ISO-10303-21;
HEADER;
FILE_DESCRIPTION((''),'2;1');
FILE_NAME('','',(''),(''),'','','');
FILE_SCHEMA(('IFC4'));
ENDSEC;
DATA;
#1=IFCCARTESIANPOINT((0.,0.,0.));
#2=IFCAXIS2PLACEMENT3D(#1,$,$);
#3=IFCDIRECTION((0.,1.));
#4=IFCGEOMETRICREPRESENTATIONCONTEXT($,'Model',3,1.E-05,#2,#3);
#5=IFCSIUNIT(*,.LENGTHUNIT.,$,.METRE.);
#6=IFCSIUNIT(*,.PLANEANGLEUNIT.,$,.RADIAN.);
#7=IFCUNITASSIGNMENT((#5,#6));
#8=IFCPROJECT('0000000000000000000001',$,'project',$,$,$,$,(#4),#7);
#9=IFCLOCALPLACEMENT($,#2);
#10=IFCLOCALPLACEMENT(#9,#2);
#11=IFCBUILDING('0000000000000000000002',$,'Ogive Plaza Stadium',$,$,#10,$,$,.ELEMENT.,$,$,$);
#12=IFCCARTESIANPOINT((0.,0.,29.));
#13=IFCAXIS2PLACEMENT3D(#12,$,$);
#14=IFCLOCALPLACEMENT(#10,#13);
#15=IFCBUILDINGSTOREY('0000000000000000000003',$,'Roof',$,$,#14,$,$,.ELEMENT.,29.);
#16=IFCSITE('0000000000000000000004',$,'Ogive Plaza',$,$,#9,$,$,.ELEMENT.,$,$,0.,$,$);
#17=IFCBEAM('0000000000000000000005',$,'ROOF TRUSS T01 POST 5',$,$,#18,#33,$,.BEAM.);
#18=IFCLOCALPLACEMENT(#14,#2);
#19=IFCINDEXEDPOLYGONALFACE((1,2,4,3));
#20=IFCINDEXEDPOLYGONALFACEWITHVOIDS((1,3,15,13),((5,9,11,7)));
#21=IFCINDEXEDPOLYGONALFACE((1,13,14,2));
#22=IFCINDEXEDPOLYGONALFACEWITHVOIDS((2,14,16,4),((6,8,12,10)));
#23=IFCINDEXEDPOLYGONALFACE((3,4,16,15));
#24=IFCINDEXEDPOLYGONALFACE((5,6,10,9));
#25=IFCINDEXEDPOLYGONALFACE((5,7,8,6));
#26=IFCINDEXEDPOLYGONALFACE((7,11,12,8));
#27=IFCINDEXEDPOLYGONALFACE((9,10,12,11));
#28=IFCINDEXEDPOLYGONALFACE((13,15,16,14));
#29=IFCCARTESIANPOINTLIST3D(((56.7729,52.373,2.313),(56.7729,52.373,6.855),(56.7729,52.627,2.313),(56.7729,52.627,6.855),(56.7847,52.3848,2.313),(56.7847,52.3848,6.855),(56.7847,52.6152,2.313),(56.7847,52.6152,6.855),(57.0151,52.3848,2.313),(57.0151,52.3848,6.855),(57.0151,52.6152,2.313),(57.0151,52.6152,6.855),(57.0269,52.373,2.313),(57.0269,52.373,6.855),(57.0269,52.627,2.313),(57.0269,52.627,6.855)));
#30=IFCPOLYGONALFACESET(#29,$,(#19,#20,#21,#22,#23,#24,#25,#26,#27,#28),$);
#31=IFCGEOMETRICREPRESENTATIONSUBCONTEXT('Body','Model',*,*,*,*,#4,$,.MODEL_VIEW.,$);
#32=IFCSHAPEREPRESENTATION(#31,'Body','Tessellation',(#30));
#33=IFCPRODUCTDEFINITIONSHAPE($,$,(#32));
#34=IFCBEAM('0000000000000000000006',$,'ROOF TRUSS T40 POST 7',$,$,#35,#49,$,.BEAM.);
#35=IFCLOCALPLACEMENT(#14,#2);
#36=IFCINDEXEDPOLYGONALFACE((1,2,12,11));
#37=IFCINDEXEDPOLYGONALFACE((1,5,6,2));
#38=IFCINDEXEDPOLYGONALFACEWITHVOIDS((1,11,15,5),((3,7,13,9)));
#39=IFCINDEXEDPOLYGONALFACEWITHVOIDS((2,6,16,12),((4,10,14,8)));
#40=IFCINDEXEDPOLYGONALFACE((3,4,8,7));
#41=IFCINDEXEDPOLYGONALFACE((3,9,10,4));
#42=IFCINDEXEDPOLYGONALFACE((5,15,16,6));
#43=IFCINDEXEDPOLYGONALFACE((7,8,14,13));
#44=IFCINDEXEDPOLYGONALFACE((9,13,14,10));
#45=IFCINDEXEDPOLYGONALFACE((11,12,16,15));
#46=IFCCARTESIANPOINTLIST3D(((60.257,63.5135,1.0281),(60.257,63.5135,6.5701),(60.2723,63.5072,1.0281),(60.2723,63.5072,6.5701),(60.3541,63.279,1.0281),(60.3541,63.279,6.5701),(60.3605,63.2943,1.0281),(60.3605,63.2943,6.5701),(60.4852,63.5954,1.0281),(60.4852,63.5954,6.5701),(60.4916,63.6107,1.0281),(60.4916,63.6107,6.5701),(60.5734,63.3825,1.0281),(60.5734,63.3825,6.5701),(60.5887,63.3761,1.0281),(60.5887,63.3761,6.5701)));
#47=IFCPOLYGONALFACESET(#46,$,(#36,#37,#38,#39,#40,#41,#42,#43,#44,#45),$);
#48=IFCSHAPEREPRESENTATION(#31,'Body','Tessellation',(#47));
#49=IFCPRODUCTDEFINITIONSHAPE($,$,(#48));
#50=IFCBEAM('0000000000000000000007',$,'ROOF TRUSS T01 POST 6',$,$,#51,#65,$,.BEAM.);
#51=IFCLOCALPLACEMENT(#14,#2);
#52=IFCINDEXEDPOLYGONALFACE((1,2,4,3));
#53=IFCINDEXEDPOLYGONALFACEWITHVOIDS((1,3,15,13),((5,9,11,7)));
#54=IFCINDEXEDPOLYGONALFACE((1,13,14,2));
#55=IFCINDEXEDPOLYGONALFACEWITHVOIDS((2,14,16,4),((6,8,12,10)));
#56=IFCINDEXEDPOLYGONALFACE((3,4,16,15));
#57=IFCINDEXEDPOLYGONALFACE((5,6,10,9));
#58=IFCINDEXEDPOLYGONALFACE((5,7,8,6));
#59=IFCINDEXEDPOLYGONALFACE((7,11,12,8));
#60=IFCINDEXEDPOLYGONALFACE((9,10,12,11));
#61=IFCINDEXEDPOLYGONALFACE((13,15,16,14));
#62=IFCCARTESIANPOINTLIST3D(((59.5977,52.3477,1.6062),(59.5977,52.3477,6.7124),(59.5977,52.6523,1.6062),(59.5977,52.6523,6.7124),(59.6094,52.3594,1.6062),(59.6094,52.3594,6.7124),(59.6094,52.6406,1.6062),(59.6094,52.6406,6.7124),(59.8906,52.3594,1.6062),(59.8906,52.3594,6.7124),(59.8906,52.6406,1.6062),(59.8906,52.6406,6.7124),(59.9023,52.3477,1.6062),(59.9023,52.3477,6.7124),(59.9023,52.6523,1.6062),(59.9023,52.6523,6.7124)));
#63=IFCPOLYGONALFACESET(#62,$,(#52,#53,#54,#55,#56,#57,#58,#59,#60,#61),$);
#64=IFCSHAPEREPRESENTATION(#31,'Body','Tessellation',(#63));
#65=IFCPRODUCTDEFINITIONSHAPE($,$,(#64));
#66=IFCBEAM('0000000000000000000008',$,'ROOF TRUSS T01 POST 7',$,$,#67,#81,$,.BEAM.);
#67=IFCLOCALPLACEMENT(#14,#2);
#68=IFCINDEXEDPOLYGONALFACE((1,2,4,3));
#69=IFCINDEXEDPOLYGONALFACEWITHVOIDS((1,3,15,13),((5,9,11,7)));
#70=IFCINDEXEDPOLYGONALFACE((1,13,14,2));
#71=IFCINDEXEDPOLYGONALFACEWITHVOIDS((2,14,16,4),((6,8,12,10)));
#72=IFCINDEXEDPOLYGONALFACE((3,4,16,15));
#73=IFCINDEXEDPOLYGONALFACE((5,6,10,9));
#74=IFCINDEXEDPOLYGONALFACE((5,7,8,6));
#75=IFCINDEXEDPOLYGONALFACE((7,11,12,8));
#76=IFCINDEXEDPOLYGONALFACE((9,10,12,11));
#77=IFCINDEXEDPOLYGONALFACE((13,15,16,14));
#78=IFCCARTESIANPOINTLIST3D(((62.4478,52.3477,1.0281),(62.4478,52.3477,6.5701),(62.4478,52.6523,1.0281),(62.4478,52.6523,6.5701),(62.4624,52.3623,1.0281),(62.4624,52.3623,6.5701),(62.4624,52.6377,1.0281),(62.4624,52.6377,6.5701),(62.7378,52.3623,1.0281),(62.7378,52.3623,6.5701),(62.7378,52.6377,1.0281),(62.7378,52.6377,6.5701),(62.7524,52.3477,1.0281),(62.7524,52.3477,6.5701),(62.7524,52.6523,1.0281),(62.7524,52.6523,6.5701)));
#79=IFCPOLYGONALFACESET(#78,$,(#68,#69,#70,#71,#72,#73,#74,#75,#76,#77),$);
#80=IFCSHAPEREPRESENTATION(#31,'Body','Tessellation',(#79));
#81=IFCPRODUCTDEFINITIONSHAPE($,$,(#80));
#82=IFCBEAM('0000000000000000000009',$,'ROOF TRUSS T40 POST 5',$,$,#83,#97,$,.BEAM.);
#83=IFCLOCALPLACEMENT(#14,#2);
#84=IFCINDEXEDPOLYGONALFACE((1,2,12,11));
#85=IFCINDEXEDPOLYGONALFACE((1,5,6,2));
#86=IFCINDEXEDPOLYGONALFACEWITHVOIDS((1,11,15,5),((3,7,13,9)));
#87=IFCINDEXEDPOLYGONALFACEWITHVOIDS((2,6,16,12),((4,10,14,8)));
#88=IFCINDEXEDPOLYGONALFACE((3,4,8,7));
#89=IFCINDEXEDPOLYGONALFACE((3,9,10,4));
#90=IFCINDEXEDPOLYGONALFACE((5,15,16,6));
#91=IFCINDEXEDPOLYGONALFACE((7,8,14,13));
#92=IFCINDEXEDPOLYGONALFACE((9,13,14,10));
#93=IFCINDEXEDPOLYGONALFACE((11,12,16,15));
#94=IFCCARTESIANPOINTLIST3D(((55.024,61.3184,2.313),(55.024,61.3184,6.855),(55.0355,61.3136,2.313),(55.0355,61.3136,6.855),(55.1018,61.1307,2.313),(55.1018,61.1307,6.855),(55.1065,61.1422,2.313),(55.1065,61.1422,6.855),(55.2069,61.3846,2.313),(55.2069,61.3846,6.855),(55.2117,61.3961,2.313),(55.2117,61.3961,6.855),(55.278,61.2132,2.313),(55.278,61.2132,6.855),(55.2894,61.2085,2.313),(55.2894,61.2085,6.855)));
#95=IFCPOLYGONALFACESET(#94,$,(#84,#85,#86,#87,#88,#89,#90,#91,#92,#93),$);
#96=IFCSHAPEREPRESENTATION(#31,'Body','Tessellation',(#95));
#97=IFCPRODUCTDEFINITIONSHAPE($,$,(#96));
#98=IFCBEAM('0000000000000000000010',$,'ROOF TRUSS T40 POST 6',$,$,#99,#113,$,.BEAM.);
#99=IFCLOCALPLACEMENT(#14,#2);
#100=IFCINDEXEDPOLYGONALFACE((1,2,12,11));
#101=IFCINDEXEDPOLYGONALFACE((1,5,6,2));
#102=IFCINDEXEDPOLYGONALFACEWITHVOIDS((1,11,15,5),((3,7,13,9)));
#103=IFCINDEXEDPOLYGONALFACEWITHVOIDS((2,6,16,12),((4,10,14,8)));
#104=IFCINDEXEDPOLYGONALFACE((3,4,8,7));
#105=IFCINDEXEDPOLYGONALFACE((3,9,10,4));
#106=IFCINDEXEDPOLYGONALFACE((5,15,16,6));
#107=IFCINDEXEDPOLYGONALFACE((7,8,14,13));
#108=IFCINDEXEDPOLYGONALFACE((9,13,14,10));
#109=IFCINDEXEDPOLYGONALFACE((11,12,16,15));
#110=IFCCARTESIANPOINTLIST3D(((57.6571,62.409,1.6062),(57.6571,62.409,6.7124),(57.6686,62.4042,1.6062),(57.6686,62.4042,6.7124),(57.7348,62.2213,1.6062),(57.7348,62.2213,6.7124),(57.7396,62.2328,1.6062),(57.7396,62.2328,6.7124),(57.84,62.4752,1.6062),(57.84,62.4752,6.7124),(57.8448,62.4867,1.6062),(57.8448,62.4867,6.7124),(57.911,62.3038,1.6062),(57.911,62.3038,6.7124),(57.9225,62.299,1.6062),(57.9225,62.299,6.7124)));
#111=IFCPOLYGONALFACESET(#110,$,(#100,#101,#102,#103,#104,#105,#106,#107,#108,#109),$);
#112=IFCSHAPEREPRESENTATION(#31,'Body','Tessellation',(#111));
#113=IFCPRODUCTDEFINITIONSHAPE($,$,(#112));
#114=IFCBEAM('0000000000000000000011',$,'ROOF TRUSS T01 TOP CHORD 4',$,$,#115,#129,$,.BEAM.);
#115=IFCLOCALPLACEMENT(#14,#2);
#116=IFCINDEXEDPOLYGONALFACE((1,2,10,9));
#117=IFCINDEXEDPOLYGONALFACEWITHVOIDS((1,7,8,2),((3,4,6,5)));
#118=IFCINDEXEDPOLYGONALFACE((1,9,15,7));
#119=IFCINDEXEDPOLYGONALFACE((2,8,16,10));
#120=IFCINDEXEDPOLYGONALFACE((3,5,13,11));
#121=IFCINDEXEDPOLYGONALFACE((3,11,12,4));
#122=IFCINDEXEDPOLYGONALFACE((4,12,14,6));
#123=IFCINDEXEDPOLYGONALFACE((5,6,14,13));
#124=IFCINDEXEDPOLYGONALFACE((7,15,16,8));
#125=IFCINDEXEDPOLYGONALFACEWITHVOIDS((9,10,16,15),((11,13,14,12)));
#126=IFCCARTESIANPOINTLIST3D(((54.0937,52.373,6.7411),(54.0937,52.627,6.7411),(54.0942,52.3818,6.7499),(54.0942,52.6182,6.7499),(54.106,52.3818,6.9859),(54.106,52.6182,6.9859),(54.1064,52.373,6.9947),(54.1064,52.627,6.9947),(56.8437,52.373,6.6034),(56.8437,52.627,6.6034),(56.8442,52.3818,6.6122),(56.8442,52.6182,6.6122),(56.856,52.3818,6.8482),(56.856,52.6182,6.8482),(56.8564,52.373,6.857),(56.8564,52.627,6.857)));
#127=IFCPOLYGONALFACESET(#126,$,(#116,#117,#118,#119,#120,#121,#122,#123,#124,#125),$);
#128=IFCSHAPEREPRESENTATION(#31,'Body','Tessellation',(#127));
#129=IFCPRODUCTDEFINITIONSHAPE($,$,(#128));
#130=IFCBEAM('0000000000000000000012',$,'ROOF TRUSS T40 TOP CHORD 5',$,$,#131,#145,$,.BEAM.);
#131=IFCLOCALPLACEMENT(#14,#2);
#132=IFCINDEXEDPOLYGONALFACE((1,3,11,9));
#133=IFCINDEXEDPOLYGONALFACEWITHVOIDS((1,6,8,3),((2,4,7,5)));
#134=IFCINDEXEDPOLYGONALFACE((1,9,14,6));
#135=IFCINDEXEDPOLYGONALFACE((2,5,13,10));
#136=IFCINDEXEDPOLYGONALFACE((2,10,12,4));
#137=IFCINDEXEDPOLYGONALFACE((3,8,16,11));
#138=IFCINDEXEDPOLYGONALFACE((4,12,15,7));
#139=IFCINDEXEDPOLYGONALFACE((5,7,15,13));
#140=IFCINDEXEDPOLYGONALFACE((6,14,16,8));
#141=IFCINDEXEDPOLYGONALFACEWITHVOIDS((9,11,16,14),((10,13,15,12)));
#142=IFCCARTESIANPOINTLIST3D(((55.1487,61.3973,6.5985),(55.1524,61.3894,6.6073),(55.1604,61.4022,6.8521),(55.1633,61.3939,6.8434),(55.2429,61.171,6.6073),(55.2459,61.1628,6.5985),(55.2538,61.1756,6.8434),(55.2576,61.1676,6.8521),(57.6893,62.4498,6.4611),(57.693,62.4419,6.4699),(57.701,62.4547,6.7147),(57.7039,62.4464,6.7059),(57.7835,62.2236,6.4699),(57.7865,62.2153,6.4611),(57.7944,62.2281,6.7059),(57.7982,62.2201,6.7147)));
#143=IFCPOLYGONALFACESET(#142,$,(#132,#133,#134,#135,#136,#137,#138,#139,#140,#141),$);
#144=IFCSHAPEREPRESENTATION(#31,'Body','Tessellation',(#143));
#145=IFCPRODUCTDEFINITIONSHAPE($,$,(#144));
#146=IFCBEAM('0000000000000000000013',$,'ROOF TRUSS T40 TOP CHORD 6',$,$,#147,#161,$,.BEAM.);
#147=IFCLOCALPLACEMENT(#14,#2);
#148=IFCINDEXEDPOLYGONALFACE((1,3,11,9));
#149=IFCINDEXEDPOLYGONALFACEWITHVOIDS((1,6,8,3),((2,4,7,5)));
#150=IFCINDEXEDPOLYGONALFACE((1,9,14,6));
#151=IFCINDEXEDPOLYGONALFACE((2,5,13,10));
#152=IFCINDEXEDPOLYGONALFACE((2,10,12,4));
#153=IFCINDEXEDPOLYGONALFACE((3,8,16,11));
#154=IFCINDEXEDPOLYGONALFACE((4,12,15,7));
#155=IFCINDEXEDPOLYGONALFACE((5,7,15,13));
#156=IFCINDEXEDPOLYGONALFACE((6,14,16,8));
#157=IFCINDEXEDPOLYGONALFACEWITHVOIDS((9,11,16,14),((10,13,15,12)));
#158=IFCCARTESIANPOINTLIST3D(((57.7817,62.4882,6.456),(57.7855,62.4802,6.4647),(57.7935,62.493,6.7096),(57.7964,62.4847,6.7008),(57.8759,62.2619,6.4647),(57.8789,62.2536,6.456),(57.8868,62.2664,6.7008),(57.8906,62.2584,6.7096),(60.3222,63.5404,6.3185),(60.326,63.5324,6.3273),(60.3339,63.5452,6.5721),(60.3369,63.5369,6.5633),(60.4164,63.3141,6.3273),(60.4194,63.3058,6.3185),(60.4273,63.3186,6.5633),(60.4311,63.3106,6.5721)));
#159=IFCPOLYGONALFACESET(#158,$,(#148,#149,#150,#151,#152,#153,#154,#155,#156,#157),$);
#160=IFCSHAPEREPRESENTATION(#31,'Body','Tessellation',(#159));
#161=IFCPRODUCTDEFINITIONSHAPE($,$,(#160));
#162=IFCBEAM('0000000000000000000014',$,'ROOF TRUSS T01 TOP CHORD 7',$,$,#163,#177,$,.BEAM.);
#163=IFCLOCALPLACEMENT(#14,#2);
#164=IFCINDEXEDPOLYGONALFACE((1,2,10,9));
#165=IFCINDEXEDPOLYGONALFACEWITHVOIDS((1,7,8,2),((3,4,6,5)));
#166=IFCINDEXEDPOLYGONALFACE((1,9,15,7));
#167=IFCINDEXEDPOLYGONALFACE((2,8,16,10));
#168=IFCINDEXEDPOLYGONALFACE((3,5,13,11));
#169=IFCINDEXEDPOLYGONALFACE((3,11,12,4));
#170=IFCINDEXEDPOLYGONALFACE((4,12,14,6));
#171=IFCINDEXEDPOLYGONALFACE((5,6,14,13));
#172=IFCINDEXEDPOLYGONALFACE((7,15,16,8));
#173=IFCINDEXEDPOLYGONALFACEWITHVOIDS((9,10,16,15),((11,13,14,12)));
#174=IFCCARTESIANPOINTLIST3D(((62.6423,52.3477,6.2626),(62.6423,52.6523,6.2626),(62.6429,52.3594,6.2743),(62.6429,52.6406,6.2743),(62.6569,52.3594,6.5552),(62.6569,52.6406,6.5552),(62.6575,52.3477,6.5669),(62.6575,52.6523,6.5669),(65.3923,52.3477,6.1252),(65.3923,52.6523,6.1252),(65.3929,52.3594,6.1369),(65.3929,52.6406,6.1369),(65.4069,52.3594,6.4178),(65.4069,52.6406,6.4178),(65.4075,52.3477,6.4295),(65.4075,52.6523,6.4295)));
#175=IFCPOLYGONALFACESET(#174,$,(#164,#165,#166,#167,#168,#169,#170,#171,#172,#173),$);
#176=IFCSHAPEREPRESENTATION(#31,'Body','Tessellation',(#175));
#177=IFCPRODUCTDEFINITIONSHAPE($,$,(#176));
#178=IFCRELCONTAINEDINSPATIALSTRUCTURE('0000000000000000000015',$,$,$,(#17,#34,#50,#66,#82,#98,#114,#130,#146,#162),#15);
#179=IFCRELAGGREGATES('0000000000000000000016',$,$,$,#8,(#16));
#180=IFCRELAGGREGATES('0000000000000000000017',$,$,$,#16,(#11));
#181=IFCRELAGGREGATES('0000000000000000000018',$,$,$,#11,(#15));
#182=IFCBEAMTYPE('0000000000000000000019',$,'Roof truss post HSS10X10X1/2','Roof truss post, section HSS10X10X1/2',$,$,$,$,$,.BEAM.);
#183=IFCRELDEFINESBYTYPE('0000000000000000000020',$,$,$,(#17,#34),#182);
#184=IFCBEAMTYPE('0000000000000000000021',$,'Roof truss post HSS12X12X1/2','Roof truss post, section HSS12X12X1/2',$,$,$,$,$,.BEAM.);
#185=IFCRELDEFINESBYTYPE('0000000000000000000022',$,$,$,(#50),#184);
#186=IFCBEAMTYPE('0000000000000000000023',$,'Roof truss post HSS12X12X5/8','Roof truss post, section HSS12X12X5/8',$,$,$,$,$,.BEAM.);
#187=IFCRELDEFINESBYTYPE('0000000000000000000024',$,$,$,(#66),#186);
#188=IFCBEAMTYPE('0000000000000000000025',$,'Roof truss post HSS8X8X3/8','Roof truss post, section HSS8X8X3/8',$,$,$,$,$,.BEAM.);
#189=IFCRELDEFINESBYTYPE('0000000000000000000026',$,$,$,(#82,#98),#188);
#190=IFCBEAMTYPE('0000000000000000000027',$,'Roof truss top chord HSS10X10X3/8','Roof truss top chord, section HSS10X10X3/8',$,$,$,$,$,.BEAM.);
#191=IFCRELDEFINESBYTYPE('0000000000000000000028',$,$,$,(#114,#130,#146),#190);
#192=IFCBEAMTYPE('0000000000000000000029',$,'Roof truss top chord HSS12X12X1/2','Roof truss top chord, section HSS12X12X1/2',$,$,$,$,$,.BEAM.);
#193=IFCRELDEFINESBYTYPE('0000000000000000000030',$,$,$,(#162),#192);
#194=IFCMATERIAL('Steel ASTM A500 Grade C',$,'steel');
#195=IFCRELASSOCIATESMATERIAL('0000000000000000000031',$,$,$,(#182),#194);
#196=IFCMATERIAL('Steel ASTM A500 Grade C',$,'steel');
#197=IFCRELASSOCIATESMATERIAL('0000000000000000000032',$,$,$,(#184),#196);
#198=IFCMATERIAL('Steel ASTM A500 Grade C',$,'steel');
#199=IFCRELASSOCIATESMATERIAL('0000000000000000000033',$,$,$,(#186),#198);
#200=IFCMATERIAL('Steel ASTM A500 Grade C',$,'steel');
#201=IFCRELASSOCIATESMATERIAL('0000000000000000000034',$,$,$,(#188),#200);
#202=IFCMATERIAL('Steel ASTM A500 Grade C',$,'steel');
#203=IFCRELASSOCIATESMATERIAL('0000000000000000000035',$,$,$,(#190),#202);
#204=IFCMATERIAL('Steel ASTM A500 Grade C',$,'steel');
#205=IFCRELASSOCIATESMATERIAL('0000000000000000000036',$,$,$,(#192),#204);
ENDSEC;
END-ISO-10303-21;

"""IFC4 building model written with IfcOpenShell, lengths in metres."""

from ifc_helpers import new_model, si_unit, direction, frame, origin, origin_2d, place, context, subcontext, project, spatial, hollow_rectangle, extrude, material, material_profile, profile_set, type_object, element, save


model = new_model("IFC4")

# Units and contexts
model_context = context("Model", 3, precision=1e-05, world=origin(), true_north=direction((0.0, 1.0)))
body_context = subcontext(model_context, "Body", "Model", "MODEL_VIEW")
ifc_project = project(units=[si_unit("LENGTHUNIT", "METRE"), si_unit("PLANEANGLEUNIT", "RADIAN")], contexts=[model_context])

# Site, building, storey
site_placement = place(None, origin())
site = spatial("IfcSite", under=ifc_project, at=site_placement, Name="Ogive Plaza", CompositionType="ELEMENT", RefElevation=0.0)
building_placement = place(site_placement, origin())
building = spatial("IfcBuilding", under=site, at=building_placement, Name="Ogive Plaza Stadium", CompositionType="ELEMENT")
storey_placement = place(building_placement, frame((0.0, 0.0, 29.0)))
storey = spatial("IfcBuildingStorey", under=building, at=storey_placement, Name="Roof", CompositionType="ELEMENT", Elevation=29.0)

# Beams
ifc_material_1 = material(Name="Steel ASTM A500 Grade C", Category="steel")
ifc_material_profile_1 = material_profile(ifc_material_1, hollow_rectangle(XDim=0.2539, YDim=0.2539, WallThickness=0.0117, at=origin_2d()), Name="HSS10X10X1/2")
ifc_profile_set_1 = profile_set([ifc_material_profile_1], Name="Steel ASTM A500 Grade C")
beam_type_1 = type_object("IfcBeamType", Name="Roof truss post HSS10X10X1/2", Description="Roof truss post, section HSS10X10X1/2", PredefinedType="BEAM", material=ifc_profile_set_1)
beam_1_placement = place(storey_placement, frame((56.8999, 52.5, 2.313), z_axis=(0.0, 0.0, 1.0), x_axis=(0.0, 1.0, 0.0)))
element("IfcBeam", 1, at=beam_1_placement, inside=storey, type_object=beam_type_1, Name="ROOF TRUSS T01 POST 5", PredefinedType="BEAM", context=body_context, shape_type="SweptSolid", body=[
    extrude(hollow_rectangle(XDim=0.2539, YDim=0.2539, WallThickness=0.0117, at=origin_2d()), origin(), (0.0, 0.0, 1.0), 4.542),
])
beam_2_placement = place(storey_placement, frame((60.4229, 63.4448, 1.0281), z_axis=(0.0, 0.0, 1.0), x_axis=(-0.382683, 0.92388, 0.0)))
element("IfcBeam", 2, at=beam_2_placement, inside=storey, type_object=beam_type_1, Name="ROOF TRUSS T40 POST 7", PredefinedType="BEAM", context=body_context, shape_type="SweptSolid", body=[
    extrude(hollow_rectangle(XDim=0.2539, YDim=0.2539, WallThickness=0.0117, at=origin_2d()), origin(), (0.0, 0.0, 1.0), 5.542),
])
ifc_material_2 = material(Name="Steel ASTM A500 Grade C", Category="steel")
ifc_material_profile_2 = material_profile(ifc_material_2, hollow_rectangle(XDim=0.3047, YDim=0.3047, WallThickness=0.0117, at=origin_2d()), Name="HSS12X12X1/2")
ifc_profile_set_2 = profile_set([ifc_material_profile_2], Name="Steel ASTM A500 Grade C")
beam_type_2 = type_object("IfcBeamType", Name="Roof truss post HSS12X12X1/2", Description="Roof truss post, section HSS12X12X1/2", PredefinedType="BEAM", material=ifc_profile_set_2)
beam_3_placement = place(storey_placement, frame((59.75, 52.5, 1.6062), z_axis=(0.0, 0.0, 1.0), x_axis=(0.0, 1.0, 0.0)))
element("IfcBeam", 3, at=beam_3_placement, inside=storey, type_object=beam_type_2, Name="ROOF TRUSS T01 POST 6", PredefinedType="BEAM", context=body_context, shape_type="SweptSolid", body=[
    extrude(hollow_rectangle(XDim=0.3047, YDim=0.3047, WallThickness=0.0117, at=origin_2d()), origin(), (0.0, 0.0, 1.0), 5.1062),
])
ifc_material_3 = material(Name="Steel ASTM A500 Grade C", Category="steel")
ifc_material_profile_3 = material_profile(ifc_material_3, hollow_rectangle(XDim=0.3047, YDim=0.3047, WallThickness=0.0146, at=origin_2d()), Name="HSS12X12X5/8")
ifc_profile_set_3 = profile_set([ifc_material_profile_3], Name="Steel ASTM A500 Grade C")
beam_type_3 = type_object("IfcBeamType", Name="Roof truss post HSS12X12X5/8", Description="Roof truss post, section HSS12X12X5/8", PredefinedType="BEAM", material=ifc_profile_set_3)
beam_4_placement = place(storey_placement, frame((62.6001, 52.5, 1.0281), z_axis=(0.0, 0.0, 1.0), x_axis=(0.0, 1.0, 0.0)))
element("IfcBeam", 4, at=beam_4_placement, inside=storey, type_object=beam_type_3, Name="ROOF TRUSS T01 POST 7", PredefinedType="BEAM", context=body_context, shape_type="SweptSolid", body=[
    extrude(hollow_rectangle(XDim=0.3047, YDim=0.3047, WallThickness=0.0146, at=origin_2d()), origin(), (0.0, 0.0, 1.0), 5.542),
])
ifc_material_4 = material(Name="Steel ASTM A500 Grade C", Category="steel")
ifc_material_profile_4 = material_profile(ifc_material_4, hollow_rectangle(XDim=0.2031, YDim=0.2031, WallThickness=0.0088, at=origin_2d()), Name="HSS8X8X3/8")
ifc_profile_set_4 = profile_set([ifc_material_profile_4], Name="Steel ASTM A500 Grade C")
beam_type_4 = type_object("IfcBeamType", Name="Roof truss post HSS8X8X3/8", Description="Roof truss post, section HSS8X8X3/8", PredefinedType="BEAM", material=ifc_profile_set_4)
beam_5_placement = place(storey_placement, frame((55.1567, 61.2634, 2.313), z_axis=(0.0, 0.0, 1.0), x_axis=(-0.382683, 0.92388, 0.0)))
element("IfcBeam", 5, at=beam_5_placement, inside=storey, type_object=beam_type_4, Name="ROOF TRUSS T40 POST 5", PredefinedType="BEAM", context=body_context, shape_type="SweptSolid", body=[
    extrude(hollow_rectangle(XDim=0.2031, YDim=0.2031, WallThickness=0.0088, at=origin_2d()), origin(), (0.0, 0.0, 1.0), 4.542),
])
beam_6_placement = place(storey_placement, frame((57.7898, 62.354, 1.6062), z_axis=(0.0, 0.0, 1.0), x_axis=(-0.382683, 0.92388, 0.0)))
element("IfcBeam", 6, at=beam_6_placement, inside=storey, type_object=beam_type_4, Name="ROOF TRUSS T40 POST 6", PredefinedType="BEAM", context=body_context, shape_type="SweptSolid", body=[
    extrude(hollow_rectangle(XDim=0.2031, YDim=0.2031, WallThickness=0.0088, at=origin_2d()), origin(), (0.0, 0.0, 1.0), 5.1062),
])
ifc_material_5 = material(Name="Steel ASTM A500 Grade C", Category="steel")
ifc_material_profile_5 = material_profile(ifc_material_5, hollow_rectangle(XDim=0.2539, YDim=0.2539, WallThickness=0.0088, at=origin_2d()), Name="HSS10X10X3/8")
ifc_profile_set_5 = profile_set([ifc_material_profile_5], Name="Steel ASTM A500 Grade C")
beam_type_5 = type_object("IfcBeamType", Name="Roof truss top chord HSS10X10X3/8", Description="Roof truss top chord, section HSS10X10X3/8", PredefinedType="BEAM", material=ifc_profile_set_5)
for number, where, z_axis, x_axis, name in (
    (7, (54.1001, 52.5, 6.8679), (0.998749, 0.0, -0.050008), (0.0, 1.0, 0.0), "ROOF TRUSS T01 TOP CHORD 4"),
    (8, (55.2031, 61.2825, 6.7253), (0.922706, 0.382259, -0.049922), (-0.382736, 0.923858, 0.0), "ROOF TRUSS T40 TOP CHORD 5"),
):
    element("IfcBeam", number, at=place(storey_placement, frame(where, z_axis=z_axis, x_axis=x_axis)), inside=storey, type_object=beam_type_5, Name=name, PredefinedType="BEAM", context=body_context, shape_type="SweptSolid", body=[
        extrude(hollow_rectangle(XDim=0.2539, YDim=0.2539, WallThickness=0.0088, at=origin_2d()), origin(), (0.0, 0.0, 1.0), 2.7534),
    ])
beam_7_placement = place(storey_placement, frame((57.8362, 62.3733, 6.5828), z_axis=(0.922737, 0.382183, -0.049923), x_axis=(-0.38266, 0.923889, 0.0)))
element("IfcBeam", 9, at=beam_7_placement, inside=storey, type_object=beam_type_5, Name="ROOF TRUSS T40 TOP CHORD 6", PredefinedType="BEAM", context=body_context, shape_type="SweptSolid", body=[
    extrude(hollow_rectangle(XDim=0.2539, YDim=0.2539, WallThickness=0.0088, at=origin_2d()), origin(), (0.0, 0.0, 1.0), 2.7532),
])
ifc_material_6 = material(Name="Steel ASTM A500 Grade C", Category="steel")
ifc_material_profile_6 = material_profile(ifc_material_6, hollow_rectangle(XDim=0.3047, YDim=0.3047, WallThickness=0.0117, at=origin_2d()), Name="HSS12X12X1/2")
ifc_profile_set_6 = profile_set([ifc_material_profile_6], Name="Steel ASTM A500 Grade C")
beam_type_6 = type_object("IfcBeamType", Name="Roof truss top chord HSS12X12X1/2", Description="Roof truss top chord, section HSS12X12X1/2", PredefinedType="BEAM", material=ifc_profile_set_6)
beam_8_placement = place(storey_placement, frame((62.6499, 52.5, 6.4148), z_axis=(0.998753, 0.0, -0.04992), x_axis=(0.0, 1.0, 0.0)))
element("IfcBeam", 10, at=beam_8_placement, inside=storey, type_object=beam_type_6, Name="ROOF TRUSS T01 TOP CHORD 7", PredefinedType="BEAM", context=body_context, shape_type="SweptSolid", body=[
    extrude(hollow_rectangle(XDim=0.3047, YDim=0.3047, WallThickness=0.0117, at=origin_2d()), origin(), (0.0, 0.0, 1.0), 2.7534),
])

save(model, "model.ifc")
